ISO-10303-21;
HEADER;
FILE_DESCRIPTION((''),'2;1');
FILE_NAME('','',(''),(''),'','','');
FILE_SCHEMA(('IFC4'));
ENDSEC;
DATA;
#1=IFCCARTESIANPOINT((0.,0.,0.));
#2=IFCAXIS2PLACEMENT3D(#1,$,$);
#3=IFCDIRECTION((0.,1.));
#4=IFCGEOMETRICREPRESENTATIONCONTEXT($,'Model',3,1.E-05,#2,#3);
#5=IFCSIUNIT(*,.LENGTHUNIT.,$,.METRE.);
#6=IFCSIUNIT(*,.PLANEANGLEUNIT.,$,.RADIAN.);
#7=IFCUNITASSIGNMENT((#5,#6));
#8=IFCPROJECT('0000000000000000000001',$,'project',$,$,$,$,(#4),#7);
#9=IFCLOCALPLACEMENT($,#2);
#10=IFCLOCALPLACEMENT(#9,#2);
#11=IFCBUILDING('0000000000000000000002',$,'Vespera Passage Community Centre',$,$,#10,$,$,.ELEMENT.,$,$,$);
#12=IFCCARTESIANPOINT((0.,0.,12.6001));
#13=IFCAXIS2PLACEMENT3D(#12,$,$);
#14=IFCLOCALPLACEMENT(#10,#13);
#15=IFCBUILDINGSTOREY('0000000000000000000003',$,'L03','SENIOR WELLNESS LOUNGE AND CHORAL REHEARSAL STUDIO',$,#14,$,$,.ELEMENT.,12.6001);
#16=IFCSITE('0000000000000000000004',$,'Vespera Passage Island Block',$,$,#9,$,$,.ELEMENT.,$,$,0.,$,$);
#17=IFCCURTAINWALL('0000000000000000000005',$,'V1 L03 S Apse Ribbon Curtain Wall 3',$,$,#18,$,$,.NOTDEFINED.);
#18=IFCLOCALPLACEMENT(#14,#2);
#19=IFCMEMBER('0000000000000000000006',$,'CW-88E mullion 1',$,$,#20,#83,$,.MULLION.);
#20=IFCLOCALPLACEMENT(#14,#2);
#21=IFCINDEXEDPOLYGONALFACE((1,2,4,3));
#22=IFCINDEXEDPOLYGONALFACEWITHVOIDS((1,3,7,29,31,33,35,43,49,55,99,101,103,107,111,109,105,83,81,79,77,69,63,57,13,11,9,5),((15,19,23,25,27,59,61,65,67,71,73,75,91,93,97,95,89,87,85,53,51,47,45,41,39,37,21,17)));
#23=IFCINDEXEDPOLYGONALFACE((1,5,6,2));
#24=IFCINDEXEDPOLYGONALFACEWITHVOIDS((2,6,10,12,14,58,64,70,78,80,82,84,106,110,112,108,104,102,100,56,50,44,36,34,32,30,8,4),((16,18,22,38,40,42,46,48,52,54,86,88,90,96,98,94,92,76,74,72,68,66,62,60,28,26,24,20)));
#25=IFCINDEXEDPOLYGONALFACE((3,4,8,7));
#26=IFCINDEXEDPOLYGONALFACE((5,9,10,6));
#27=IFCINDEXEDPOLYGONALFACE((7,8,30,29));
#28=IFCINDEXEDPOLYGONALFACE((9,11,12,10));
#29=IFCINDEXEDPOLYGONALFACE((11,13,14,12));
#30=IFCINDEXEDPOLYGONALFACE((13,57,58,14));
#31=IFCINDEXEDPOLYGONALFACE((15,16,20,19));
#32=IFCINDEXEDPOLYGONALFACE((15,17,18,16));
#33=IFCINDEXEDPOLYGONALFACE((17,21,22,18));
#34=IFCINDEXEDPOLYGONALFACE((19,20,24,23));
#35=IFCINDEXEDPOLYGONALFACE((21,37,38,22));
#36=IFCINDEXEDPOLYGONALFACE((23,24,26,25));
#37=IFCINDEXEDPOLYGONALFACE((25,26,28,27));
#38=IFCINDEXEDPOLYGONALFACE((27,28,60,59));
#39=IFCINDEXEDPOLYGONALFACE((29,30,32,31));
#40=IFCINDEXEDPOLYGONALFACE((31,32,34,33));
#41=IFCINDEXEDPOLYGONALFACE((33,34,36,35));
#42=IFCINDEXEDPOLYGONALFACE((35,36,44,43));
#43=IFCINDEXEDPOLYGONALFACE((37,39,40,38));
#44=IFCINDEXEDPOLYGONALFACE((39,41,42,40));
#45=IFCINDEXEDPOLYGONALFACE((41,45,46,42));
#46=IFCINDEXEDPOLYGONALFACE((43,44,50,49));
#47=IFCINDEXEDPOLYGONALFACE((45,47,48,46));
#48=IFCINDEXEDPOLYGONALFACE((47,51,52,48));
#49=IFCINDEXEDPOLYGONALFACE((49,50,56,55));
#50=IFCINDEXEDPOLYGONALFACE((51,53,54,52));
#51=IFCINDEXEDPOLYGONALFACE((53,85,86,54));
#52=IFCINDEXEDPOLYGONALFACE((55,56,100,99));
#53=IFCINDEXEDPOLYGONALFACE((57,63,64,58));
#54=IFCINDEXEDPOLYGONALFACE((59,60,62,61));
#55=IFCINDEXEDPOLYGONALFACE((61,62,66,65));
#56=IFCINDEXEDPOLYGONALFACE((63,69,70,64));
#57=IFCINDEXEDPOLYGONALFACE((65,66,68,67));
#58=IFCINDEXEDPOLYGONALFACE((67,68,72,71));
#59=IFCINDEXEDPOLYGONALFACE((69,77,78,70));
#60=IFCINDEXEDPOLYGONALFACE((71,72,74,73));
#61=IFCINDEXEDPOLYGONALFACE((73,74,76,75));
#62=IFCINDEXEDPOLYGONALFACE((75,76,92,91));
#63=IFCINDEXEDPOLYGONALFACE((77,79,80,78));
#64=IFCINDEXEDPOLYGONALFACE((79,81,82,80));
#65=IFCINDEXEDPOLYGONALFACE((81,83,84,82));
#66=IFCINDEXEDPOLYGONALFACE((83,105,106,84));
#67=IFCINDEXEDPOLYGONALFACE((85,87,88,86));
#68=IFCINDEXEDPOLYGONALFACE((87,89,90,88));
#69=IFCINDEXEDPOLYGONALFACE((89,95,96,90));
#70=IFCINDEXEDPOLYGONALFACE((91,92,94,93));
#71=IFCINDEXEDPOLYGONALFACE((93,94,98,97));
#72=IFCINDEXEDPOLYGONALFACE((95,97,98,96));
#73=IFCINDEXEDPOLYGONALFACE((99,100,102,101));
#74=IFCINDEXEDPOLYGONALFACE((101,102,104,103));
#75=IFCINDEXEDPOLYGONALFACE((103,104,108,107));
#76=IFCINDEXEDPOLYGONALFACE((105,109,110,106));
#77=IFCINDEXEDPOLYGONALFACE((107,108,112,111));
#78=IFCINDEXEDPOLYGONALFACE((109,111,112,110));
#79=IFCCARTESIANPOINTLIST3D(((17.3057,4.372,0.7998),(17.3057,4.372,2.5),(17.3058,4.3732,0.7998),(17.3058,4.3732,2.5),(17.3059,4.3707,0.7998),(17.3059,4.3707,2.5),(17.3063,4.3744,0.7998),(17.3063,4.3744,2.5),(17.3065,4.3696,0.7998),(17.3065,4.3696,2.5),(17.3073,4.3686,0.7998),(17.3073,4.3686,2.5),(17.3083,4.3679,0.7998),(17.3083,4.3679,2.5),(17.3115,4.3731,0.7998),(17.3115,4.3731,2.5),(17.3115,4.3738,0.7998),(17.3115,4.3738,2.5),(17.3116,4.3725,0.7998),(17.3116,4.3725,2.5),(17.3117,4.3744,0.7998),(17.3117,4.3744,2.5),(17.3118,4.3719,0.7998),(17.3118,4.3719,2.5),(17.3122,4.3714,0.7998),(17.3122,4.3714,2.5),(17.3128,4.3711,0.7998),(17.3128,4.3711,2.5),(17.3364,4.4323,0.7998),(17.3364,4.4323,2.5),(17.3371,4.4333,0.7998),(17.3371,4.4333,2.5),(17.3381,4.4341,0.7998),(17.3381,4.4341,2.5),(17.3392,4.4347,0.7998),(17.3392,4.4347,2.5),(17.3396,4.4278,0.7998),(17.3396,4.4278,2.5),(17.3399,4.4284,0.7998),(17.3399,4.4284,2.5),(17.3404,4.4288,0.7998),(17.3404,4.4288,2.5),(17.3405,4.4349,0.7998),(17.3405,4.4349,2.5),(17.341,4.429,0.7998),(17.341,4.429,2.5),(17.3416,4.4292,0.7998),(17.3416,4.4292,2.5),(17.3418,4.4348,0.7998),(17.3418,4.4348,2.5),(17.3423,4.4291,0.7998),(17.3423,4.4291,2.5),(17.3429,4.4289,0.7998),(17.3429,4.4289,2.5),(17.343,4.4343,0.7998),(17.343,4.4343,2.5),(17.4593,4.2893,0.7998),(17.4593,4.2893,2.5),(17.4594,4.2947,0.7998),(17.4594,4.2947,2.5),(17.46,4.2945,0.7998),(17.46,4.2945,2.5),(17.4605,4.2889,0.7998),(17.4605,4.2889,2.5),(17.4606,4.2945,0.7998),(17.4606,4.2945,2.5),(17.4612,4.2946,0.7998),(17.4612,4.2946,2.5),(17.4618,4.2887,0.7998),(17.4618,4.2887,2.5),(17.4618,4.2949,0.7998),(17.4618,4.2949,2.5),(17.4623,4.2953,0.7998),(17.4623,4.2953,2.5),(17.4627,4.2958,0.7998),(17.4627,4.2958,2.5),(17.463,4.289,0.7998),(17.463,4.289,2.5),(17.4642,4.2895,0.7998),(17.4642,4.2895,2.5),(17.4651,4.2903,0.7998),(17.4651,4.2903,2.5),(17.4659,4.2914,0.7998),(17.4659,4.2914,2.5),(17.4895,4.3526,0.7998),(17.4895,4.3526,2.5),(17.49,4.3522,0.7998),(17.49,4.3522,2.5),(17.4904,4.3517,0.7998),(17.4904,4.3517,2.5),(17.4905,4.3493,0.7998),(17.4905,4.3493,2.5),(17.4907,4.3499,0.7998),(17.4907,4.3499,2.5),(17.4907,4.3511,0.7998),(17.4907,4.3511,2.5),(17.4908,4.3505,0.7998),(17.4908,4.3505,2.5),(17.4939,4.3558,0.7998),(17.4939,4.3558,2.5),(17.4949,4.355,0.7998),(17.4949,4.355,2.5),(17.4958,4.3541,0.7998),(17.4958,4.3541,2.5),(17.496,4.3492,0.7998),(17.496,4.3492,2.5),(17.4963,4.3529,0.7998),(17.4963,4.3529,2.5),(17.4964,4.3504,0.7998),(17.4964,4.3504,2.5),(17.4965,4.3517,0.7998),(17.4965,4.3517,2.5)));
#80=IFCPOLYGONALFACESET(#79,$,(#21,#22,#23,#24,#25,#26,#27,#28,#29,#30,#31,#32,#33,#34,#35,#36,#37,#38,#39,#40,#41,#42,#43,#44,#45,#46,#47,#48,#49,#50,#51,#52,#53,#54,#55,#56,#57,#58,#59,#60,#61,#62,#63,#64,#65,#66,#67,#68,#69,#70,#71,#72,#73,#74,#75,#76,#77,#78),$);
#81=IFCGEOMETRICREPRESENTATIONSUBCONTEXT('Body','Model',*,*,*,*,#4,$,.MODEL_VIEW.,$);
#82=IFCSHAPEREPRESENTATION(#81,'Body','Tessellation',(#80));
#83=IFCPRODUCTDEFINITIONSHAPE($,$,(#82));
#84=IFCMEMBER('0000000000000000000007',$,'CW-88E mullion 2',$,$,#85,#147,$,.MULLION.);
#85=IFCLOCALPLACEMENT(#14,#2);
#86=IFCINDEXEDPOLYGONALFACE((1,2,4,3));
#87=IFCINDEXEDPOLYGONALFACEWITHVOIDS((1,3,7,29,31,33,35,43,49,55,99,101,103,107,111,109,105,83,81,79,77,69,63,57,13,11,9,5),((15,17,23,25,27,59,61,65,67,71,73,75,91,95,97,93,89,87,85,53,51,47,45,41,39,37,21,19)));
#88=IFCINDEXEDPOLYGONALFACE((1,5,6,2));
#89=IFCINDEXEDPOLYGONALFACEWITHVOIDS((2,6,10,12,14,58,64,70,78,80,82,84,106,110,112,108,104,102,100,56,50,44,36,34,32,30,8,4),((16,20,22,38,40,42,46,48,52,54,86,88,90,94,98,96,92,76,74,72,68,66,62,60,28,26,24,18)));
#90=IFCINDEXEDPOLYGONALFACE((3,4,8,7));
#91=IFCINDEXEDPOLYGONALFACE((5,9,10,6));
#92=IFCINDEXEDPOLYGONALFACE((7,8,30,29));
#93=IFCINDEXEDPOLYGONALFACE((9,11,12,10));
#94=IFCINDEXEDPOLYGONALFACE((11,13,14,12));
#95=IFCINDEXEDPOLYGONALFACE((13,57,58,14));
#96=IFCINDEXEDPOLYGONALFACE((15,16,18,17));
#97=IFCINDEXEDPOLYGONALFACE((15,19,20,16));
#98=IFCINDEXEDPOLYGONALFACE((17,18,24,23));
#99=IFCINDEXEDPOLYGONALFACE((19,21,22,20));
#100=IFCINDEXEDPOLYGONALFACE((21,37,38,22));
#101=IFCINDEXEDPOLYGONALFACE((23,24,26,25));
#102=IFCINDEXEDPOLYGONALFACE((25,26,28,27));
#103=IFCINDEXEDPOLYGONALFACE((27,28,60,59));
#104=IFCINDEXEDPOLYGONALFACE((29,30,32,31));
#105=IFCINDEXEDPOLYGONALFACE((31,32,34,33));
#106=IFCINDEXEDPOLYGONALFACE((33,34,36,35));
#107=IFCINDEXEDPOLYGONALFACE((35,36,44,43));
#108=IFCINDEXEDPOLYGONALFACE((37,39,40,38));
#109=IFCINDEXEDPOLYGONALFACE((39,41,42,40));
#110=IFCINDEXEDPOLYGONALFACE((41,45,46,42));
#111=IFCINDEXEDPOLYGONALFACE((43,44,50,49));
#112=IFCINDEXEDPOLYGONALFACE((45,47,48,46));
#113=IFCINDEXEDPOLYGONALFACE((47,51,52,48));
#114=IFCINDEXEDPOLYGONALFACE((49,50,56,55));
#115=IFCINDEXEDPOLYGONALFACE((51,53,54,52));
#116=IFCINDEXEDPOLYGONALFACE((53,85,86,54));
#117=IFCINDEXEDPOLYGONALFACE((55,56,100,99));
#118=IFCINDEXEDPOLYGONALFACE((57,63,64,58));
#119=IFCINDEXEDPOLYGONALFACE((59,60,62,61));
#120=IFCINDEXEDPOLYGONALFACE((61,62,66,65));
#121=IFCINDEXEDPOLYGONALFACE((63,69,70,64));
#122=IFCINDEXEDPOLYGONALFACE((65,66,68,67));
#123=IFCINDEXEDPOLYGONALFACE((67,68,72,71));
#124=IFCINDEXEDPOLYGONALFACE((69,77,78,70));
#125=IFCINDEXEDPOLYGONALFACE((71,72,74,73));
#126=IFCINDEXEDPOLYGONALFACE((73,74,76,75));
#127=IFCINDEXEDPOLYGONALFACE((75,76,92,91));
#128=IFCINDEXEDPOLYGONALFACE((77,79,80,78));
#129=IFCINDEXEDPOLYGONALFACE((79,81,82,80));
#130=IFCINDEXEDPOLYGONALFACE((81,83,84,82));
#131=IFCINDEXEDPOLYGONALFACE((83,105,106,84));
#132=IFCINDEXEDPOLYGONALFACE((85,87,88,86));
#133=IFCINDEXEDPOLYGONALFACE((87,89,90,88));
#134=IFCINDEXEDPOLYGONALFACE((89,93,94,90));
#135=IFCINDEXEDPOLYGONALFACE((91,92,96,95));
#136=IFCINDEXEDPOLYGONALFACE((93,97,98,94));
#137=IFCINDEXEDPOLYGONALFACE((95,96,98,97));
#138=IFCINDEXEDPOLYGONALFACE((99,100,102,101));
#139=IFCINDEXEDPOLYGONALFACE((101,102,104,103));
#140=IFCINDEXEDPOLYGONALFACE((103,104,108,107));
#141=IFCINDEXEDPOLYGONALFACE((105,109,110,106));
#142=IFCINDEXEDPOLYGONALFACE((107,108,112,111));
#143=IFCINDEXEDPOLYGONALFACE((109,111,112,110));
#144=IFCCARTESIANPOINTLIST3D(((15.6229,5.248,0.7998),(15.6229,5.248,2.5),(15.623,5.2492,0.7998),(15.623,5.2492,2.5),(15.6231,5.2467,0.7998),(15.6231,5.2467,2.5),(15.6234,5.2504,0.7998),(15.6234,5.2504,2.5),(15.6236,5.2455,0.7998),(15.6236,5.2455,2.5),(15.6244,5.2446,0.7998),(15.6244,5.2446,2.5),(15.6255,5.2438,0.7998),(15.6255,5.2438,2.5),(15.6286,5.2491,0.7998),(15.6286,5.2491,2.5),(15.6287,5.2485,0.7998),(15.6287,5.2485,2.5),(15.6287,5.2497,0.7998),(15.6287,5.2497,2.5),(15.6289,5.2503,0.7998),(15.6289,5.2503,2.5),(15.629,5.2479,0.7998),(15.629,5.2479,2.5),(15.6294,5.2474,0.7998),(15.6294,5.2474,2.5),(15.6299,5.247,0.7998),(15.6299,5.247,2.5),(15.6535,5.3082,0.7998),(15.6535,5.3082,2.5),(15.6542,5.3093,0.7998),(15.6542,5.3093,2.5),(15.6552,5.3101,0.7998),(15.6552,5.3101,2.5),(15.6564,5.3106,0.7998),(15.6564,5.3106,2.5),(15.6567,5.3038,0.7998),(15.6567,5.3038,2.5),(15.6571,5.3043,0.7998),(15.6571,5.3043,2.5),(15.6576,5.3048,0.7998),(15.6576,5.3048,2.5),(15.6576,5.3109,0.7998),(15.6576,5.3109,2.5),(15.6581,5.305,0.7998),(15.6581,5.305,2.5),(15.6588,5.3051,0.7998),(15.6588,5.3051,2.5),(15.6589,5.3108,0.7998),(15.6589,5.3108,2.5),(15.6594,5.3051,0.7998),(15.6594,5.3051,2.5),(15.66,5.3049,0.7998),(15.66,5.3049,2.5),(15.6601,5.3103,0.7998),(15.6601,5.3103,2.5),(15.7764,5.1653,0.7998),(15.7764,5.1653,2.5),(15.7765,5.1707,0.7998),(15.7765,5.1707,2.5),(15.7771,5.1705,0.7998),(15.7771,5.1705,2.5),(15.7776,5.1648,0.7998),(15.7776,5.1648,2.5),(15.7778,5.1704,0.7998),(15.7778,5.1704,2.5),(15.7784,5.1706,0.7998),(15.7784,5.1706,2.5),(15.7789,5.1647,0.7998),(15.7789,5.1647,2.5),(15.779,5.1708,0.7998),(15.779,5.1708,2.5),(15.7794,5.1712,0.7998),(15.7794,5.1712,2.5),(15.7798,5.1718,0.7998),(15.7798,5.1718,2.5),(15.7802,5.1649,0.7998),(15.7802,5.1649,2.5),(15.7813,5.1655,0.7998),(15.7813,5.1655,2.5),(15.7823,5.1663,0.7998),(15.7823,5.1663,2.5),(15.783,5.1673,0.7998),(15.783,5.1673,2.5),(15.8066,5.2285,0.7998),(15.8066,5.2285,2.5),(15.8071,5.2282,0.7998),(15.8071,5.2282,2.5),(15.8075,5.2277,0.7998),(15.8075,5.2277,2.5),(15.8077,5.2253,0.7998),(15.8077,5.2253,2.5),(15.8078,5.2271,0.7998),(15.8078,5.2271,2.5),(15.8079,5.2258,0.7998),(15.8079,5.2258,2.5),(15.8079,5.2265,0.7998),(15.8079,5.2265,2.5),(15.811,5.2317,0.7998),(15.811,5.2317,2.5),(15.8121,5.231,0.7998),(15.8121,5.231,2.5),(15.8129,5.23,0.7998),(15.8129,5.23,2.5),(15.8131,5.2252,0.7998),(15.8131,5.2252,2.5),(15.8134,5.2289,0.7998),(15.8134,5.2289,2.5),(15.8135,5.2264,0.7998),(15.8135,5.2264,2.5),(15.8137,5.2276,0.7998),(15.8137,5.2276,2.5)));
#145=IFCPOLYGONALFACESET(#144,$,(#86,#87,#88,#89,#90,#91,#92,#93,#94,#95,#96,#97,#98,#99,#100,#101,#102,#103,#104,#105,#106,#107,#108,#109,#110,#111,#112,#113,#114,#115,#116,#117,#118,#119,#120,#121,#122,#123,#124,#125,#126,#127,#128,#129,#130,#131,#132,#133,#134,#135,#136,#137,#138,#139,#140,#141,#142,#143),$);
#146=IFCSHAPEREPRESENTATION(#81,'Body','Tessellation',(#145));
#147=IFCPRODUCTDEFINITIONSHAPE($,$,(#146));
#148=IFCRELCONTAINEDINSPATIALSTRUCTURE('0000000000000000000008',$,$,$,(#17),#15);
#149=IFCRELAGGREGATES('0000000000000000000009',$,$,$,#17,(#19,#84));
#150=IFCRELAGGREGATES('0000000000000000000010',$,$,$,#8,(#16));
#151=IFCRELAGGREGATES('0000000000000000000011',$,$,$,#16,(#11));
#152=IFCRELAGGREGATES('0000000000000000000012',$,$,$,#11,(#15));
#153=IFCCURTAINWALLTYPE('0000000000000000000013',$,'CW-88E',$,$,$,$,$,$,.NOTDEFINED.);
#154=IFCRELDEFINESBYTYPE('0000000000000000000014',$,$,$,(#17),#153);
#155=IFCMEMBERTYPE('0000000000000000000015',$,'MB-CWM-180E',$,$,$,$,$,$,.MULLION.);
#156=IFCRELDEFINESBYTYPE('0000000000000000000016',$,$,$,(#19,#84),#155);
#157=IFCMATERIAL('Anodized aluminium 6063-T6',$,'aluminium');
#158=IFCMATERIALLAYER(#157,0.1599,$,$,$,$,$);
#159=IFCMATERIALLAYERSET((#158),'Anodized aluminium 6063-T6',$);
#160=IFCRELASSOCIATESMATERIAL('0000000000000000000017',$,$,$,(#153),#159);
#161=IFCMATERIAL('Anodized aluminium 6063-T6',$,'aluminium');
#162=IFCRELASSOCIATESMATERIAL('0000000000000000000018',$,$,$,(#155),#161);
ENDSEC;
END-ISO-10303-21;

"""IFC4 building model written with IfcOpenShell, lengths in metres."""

from ifc_helpers import new_model, si_unit, direction, frame, origin, origin_2d, place, context, subcontext, project, spatial, hollow_rectangle, extrude, material, layer, layer_set, material_profile, profile_set, type_object, element, aggregate, save


model = new_model("IFC4")

# Units and contexts
model_context = context("Model", 3, precision=1e-05, world=origin(), true_north=direction((0.0, 1.0)))
body_context = subcontext(model_context, "Body", "Model", "MODEL_VIEW")
ifc_project = project(units=[si_unit("LENGTHUNIT", "METRE"), si_unit("PLANEANGLEUNIT", "RADIAN")], contexts=[model_context])

# Site, building, storey
site_placement = place(None, origin())
site = spatial("IfcSite", under=ifc_project, at=site_placement, Name="Vespera Passage Island Block", CompositionType="ELEMENT", RefElevation=0.0)
building_placement = place(site_placement, origin())
building = spatial("IfcBuilding", under=site, at=building_placement, Name="Vespera Passage Community Centre", CompositionType="ELEMENT")
storey_placement = place(building_placement, frame((0.0, 0.0, 12.6001)))
storey = spatial("IfcBuildingStorey", under=building, at=storey_placement, Name="L03", Description="SENIOR WELLNESS LOUNGE AND CHORAL REHEARSAL STUDIO", CompositionType="ELEMENT", Elevation=12.6001)

# Curtain wall, members
ifc_material_1 = material(Name="Anodized aluminium 6063-T6", Category="aluminium")
ifc_layer_1 = layer(ifc_material_1, 0.1599)
ifc_layer_set_1 = layer_set([ifc_layer_1], Name="Anodized aluminium 6063-T6")
curtain_wall_type = type_object("IfcCurtainWallType", Name="CW-88E", PredefinedType="NOTDEFINED", material=ifc_layer_set_1)
ifc_material_2 = material(Name="Anodized aluminium 6063-T6", Category="aluminium")
ifc_material_profile_1 = material_profile(ifc_material_2, hollow_rectangle(XDim=0.075, YDim=0.1799, WallThickness=0.0049, InnerFilletRadius=0.0024, OuterFilletRadius=0.0049, at=origin_2d()), Name="ALU180X75X5")
ifc_profile_set_1 = profile_set([ifc_material_profile_1], Name="Anodized aluminium 6063-T6")
member_type_1 = type_object("IfcMemberType", Name="MB-CWM-180E", PredefinedType="MULLION", material=ifc_profile_set_1)
curtain_wall_1_placement = place(storey_placement, origin())
curtain_wall_1 = element("IfcCurtainWall", 1, at=curtain_wall_1_placement, inside=storey, type_object=curtain_wall_type, Name="V1 L03 S Apse Ribbon Curtain Wall 3", PredefinedType="NOTDEFINED")
member_1_placement = place(storey_placement, frame((17.4011, 4.3618, 0.7998), z_axis=(0.0, 0.0, 1.0), x_axis=(-0.461745, -0.887013, 0.0)))
member_1 = element("IfcMember", 2, at=member_1_placement, type_object=member_type_1, Name="CW-88E mullion 1", PredefinedType="MULLION", context=body_context, shape_type="SweptSolid", body=[
    extrude(hollow_rectangle(XDim=0.075, YDim=0.1799, WallThickness=0.0049, InnerFilletRadius=0.0024, OuterFilletRadius=0.0049, at=origin_2d()), origin(), (0.0, 0.0, 1.0), 1.7002),
])
member_2_placement = place(storey_placement, frame((15.7183, 5.2378, 0.7998), z_axis=(0.0, 0.0, 1.0), x_axis=(-0.461745, -0.887013, 0.0)))
member_2 = element("IfcMember", 3, at=member_2_placement, type_object=member_type_1, Name="CW-88E mullion 2", PredefinedType="MULLION", context=body_context, shape_type="SweptSolid", body=[
    extrude(hollow_rectangle(XDim=0.075, YDim=0.1799, WallThickness=0.0049, InnerFilletRadius=0.0024, OuterFilletRadius=0.0049, at=origin_2d()), origin(), (0.0, 0.0, 1.0), 1.7002),
])

aggregate(curtain_wall_1, [member_1, member_2])

save(model, "model.ifc")
